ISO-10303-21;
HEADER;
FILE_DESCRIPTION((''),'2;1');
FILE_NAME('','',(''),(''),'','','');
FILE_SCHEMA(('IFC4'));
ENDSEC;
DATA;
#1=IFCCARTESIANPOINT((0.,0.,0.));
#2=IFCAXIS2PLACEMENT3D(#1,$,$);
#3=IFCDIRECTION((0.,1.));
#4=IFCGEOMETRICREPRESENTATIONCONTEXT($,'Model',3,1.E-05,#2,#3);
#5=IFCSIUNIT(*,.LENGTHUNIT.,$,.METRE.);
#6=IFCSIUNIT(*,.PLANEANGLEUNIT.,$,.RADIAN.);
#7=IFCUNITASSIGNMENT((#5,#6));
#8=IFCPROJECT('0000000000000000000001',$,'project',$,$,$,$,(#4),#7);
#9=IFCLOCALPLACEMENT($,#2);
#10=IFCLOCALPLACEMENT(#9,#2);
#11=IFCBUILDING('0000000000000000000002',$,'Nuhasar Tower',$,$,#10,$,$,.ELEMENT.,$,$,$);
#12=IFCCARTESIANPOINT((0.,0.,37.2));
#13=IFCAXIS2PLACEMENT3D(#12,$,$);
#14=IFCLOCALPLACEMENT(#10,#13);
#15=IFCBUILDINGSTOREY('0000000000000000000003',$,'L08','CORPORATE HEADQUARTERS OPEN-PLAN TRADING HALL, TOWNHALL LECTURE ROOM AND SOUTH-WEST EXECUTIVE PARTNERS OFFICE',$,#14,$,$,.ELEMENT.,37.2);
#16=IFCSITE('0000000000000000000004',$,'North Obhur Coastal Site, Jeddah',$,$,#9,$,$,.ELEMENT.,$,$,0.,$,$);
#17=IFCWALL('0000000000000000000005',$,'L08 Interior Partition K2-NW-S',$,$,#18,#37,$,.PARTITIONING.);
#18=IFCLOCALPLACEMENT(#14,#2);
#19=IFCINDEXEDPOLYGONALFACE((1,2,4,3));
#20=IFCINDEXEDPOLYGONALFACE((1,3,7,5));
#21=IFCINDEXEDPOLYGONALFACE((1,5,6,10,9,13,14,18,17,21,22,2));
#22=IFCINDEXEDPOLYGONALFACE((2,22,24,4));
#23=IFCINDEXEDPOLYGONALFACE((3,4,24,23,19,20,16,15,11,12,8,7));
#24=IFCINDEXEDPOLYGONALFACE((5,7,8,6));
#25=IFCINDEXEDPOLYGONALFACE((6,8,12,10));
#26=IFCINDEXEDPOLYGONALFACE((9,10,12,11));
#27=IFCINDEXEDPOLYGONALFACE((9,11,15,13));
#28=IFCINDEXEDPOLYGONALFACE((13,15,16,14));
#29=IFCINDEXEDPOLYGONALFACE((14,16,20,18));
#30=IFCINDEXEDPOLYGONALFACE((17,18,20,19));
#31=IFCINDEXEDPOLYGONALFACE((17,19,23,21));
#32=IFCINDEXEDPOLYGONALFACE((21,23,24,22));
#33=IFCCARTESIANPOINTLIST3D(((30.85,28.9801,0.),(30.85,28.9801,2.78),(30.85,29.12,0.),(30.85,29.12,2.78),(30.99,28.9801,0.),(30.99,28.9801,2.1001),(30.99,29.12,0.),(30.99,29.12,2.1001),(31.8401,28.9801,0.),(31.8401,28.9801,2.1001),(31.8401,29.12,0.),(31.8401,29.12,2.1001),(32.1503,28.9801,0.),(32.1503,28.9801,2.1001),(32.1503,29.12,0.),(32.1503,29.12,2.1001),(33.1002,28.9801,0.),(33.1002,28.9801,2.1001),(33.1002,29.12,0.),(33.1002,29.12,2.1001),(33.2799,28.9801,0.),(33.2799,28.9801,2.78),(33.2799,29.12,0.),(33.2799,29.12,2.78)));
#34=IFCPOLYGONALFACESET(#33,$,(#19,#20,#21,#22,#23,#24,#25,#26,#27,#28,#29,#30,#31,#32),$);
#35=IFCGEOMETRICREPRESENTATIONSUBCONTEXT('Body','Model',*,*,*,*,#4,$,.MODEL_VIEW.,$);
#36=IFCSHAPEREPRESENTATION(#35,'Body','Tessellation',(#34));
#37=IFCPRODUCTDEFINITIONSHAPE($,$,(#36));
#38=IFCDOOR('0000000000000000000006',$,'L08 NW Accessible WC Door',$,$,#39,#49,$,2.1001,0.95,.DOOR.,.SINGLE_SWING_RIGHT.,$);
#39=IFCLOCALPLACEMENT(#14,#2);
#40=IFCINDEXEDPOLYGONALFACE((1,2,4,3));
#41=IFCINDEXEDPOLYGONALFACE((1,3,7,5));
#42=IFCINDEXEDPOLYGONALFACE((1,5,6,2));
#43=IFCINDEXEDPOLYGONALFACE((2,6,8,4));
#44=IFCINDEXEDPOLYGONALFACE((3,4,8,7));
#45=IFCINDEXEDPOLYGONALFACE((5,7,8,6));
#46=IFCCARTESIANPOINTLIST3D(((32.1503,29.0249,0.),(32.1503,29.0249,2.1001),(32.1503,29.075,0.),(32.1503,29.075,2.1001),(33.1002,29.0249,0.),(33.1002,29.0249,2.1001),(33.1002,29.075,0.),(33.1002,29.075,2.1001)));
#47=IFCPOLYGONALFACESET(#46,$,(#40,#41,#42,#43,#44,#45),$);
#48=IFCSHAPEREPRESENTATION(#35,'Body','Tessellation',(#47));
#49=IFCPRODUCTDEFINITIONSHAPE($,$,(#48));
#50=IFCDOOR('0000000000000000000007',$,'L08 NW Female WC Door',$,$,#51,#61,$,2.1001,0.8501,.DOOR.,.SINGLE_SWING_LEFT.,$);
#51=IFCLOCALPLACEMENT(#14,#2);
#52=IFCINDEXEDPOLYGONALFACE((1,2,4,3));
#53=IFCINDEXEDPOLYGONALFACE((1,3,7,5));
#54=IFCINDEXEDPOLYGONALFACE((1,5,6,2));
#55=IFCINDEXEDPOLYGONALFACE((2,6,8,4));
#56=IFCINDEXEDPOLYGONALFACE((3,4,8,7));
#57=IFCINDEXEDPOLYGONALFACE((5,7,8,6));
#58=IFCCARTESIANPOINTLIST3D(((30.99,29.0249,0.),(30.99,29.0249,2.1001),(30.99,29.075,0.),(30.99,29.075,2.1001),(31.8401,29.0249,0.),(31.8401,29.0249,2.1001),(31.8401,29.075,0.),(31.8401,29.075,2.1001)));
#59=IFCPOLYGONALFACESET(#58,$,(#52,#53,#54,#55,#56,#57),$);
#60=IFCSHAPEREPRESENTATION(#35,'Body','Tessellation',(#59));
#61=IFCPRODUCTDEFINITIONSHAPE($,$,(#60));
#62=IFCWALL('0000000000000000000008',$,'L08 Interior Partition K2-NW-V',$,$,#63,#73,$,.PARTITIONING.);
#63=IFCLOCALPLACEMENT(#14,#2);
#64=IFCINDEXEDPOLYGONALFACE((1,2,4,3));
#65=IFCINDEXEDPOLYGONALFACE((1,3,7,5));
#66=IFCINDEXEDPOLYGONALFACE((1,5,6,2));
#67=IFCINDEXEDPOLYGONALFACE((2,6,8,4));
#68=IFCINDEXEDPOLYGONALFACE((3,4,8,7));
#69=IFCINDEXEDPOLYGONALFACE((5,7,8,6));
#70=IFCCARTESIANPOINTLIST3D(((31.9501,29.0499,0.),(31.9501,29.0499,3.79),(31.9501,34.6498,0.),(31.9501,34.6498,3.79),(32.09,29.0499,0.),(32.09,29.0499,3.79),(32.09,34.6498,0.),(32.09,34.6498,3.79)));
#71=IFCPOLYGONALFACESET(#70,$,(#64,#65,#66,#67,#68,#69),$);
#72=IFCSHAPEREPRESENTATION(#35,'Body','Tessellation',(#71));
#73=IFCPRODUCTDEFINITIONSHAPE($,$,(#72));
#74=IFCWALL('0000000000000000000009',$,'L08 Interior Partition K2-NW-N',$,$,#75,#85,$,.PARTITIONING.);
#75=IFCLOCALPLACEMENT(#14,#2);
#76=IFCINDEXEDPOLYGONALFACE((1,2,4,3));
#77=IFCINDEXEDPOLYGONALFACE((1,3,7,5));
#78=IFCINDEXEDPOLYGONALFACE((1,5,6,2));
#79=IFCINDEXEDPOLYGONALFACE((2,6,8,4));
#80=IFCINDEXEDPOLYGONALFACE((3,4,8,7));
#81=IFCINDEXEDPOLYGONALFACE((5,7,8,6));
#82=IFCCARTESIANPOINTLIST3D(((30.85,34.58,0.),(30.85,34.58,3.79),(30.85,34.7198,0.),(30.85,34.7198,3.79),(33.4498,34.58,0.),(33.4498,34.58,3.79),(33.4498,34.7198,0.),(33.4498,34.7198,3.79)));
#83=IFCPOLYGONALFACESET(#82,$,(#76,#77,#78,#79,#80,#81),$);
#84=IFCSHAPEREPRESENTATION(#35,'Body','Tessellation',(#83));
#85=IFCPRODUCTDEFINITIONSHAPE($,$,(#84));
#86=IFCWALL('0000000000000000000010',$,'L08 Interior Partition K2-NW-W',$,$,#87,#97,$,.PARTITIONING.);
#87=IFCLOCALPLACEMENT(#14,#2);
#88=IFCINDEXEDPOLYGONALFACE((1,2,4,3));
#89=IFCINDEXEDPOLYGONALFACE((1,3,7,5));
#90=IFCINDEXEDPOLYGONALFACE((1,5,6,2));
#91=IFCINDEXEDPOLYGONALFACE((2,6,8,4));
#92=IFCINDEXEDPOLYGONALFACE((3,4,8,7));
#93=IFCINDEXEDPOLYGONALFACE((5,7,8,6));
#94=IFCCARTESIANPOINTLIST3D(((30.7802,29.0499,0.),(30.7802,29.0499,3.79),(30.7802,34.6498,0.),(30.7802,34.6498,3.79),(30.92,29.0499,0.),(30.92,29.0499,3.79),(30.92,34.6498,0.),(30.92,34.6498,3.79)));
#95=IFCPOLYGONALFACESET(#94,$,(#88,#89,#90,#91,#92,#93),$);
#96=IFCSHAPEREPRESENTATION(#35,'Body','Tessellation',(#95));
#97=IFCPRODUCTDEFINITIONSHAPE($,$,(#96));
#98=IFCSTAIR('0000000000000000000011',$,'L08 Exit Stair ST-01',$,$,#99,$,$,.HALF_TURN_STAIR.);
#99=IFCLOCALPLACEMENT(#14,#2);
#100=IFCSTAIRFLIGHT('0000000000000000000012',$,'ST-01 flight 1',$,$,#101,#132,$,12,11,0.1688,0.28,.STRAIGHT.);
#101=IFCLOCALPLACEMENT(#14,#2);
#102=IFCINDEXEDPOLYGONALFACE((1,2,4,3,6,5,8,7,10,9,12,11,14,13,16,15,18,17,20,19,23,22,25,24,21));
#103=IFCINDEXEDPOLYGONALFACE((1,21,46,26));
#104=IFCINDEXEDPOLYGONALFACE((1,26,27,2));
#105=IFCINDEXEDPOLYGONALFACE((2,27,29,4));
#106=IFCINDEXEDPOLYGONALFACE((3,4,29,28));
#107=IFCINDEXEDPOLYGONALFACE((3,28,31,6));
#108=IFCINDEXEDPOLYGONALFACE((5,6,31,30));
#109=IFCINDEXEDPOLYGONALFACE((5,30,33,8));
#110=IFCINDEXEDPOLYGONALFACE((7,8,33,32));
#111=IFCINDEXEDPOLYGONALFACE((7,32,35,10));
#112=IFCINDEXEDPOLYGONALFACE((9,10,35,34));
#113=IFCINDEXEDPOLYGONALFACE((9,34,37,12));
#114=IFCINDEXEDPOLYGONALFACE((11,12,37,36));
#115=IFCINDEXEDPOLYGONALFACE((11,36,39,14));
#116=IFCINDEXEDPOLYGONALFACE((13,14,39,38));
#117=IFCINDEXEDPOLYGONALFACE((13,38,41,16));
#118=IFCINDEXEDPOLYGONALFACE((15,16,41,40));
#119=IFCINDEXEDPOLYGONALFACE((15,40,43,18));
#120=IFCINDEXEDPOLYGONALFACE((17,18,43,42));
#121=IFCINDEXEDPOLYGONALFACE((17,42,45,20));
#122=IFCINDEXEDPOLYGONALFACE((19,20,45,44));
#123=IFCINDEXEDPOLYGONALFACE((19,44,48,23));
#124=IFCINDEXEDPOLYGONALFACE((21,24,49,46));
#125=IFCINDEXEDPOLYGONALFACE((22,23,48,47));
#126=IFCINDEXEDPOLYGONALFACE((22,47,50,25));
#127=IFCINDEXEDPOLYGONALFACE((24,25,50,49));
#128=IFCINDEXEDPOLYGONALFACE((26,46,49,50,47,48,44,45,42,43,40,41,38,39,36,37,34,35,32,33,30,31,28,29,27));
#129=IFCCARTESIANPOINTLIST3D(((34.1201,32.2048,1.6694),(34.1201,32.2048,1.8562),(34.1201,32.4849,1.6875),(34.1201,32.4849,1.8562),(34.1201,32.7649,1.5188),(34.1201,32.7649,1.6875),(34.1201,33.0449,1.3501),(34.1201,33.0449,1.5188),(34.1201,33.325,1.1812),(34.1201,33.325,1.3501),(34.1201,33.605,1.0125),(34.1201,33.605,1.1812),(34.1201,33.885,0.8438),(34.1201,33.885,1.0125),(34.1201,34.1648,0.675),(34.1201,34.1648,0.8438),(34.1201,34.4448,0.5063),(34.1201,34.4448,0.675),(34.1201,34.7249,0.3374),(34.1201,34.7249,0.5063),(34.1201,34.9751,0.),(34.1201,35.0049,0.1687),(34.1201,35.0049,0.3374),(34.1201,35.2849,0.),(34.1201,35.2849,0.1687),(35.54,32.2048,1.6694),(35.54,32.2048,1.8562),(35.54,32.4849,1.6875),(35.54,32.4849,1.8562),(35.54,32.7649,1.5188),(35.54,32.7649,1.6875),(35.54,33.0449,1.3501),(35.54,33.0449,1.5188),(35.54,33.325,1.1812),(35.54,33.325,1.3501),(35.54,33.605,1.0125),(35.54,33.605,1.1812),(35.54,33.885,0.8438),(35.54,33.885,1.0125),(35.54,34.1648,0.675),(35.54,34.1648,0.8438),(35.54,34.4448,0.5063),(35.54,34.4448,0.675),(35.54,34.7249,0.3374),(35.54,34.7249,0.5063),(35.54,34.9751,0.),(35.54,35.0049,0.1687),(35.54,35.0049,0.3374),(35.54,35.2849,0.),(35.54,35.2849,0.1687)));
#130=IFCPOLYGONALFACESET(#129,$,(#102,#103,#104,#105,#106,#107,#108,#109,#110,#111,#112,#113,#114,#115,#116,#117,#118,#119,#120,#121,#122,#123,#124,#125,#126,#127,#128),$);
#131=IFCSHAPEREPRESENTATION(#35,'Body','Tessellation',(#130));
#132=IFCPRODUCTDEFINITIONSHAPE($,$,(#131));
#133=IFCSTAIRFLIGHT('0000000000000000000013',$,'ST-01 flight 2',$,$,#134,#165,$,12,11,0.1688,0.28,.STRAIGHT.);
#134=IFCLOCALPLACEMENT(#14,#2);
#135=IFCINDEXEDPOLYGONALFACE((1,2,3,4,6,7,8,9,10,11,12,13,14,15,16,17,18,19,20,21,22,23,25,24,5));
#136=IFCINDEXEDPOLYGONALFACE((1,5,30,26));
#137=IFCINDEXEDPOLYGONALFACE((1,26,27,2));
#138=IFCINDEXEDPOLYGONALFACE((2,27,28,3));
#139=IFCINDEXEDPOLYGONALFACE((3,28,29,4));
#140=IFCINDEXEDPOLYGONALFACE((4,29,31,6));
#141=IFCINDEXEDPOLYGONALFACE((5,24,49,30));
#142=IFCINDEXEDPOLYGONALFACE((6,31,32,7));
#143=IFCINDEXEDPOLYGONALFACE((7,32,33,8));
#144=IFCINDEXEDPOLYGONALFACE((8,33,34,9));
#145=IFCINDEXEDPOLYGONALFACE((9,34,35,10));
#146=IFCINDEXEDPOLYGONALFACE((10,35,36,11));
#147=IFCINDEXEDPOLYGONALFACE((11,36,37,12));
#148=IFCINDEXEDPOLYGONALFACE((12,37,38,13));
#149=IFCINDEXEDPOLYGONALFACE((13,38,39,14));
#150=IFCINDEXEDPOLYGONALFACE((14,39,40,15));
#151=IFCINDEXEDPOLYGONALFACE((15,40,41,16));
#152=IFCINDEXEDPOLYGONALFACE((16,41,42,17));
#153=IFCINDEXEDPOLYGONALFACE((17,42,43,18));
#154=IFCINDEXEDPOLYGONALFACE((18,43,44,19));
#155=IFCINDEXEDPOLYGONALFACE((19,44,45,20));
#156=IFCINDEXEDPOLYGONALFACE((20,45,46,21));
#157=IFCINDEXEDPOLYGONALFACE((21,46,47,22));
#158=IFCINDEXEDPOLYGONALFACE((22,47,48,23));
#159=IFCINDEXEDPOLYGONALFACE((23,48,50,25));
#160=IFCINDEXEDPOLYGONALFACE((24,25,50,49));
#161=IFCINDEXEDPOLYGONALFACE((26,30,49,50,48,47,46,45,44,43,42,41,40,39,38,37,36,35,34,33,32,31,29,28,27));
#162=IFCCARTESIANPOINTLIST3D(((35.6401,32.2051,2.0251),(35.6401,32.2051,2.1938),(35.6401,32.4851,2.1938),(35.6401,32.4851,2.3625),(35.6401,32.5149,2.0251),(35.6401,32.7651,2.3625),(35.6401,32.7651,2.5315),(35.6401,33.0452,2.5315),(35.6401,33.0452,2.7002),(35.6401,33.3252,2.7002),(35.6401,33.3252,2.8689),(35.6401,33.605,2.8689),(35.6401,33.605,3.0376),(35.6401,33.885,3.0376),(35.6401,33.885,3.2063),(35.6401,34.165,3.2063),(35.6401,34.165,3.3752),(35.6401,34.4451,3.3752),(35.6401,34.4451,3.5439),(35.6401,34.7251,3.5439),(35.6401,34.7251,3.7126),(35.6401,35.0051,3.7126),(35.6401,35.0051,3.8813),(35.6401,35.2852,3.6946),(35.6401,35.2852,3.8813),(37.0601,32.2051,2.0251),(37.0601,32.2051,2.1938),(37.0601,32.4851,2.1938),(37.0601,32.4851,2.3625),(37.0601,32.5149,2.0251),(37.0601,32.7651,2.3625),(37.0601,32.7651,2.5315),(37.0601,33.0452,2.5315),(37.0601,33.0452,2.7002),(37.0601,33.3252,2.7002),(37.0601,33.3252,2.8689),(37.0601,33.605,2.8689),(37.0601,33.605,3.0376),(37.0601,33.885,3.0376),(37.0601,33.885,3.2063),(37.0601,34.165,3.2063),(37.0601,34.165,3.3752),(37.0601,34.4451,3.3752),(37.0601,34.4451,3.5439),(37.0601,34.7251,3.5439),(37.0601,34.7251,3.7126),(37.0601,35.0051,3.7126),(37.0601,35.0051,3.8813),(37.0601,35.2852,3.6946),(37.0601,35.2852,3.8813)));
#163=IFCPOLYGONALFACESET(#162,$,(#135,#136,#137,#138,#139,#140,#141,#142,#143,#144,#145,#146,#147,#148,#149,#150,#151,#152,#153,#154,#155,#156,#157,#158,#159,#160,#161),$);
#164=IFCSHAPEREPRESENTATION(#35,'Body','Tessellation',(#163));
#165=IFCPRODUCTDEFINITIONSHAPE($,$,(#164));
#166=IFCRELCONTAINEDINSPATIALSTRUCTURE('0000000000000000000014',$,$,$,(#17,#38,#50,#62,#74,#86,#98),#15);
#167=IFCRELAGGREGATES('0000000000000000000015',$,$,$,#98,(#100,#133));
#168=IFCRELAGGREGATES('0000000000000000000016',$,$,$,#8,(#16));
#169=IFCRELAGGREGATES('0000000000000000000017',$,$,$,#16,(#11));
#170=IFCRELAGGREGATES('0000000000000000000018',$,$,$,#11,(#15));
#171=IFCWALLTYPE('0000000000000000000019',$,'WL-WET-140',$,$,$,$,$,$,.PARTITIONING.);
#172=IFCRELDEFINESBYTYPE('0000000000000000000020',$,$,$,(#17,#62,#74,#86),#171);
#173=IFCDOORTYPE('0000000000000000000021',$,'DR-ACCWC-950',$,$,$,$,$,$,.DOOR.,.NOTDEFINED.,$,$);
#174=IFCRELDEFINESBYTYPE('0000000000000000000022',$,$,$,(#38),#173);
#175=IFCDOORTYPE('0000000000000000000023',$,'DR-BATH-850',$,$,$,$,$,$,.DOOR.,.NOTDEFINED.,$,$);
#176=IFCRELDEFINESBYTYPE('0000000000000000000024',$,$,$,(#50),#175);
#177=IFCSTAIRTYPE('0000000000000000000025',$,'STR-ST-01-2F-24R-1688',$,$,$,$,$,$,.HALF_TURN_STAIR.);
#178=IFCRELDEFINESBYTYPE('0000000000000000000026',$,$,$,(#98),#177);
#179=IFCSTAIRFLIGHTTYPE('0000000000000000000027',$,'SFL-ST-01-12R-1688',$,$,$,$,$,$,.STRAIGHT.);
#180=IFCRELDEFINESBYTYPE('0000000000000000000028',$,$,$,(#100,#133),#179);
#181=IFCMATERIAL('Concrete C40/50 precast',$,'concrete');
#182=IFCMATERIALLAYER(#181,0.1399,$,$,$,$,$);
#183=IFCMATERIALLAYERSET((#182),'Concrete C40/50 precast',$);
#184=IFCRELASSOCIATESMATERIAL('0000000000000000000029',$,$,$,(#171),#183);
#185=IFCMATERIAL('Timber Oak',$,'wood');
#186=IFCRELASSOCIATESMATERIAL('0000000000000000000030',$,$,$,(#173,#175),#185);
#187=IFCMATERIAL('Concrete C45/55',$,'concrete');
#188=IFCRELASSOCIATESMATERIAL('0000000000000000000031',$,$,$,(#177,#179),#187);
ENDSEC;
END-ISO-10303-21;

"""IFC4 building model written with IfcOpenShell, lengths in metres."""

from ifc_helpers import new_model, si_unit, direction, frame, frame_2d, origin, place, context, subcontext, project, spatial, polyline, rectangle, outline, extrude, material, layer, layer_set, type_object, element, fill, aggregate, save


model = new_model("IFC4")

# Units and contexts
model_context = context("Model", 3, precision=1e-05, world=origin(), true_north=direction((0.0, 1.0)))
body_context = subcontext(model_context, "Body", "Model", "MODEL_VIEW")
ifc_project = project(units=[si_unit("LENGTHUNIT", "METRE"), si_unit("PLANEANGLEUNIT", "RADIAN")], contexts=[model_context])

# Site, building, storey
site_placement = place(None, origin())
site = spatial("IfcSite", under=ifc_project, at=site_placement, Name="North Obhur Coastal Site, Jeddah", CompositionType="ELEMENT", RefElevation=0.0)
building_placement = place(site_placement, origin())
building = spatial("IfcBuilding", under=site, at=building_placement, Name="Nuhasar Tower", CompositionType="ELEMENT")
storey_placement = place(building_placement, frame((0.0, 0.0, 37.2)))
storey = spatial("IfcBuildingStorey", under=building, at=storey_placement, Name="L08", Description="CORPORATE HEADQUARTERS OPEN-PLAN TRADING HALL, TOWNHALL LECTURE ROOM AND SOUTH-WEST EXECUTIVE PARTNERS OFFICE", CompositionType="ELEMENT", Elevation=37.2)

# Shared definitions
ifc_material_1 = material(Name="Concrete C45/55", Category="concrete")
ifc_material_2 = material(Name="Concrete C40/50 precast", Category="concrete")
ifc_layer_1 = layer(ifc_material_2, 0.1399)
ifc_layer_set_1 = layer_set([ifc_layer_1], Name="Concrete C40/50 precast")
wall_type_1 = type_object("IfcWallType", Name="WL-WET-140", PredefinedType="PARTITIONING", material=ifc_layer_set_1)

# Wall, openings, doors
wall_1_placement = place(storey_placement, frame((30.8501, 29.05, 0.0), z_axis=(0.0, 0.0, 1.0), x_axis=(1.0, 0.0, 0.0)))
wall_1 = element("IfcWall", 1, at=wall_1_placement, inside=storey, type_object=wall_type_1, Name="L08 Interior Partition K2-NW-S", PredefinedType="PARTITIONING", context=body_context, shape_type="SweptSolid", body=[
    extrude(rectangle(XDim=2.4299, YDim=0.1399, at=frame_2d((1.2148, 0.0))), origin(), (0.0, 0.0, 1.0), 2.78),
])
opening_1_placement = place(wall_1_placement, frame((0.1399, 0.0, 0.0)))
opening_1 = element("IfcOpeningElement", 2, at=opening_1_placement, cuts=wall_1, PredefinedType="OPENING", context=body_context, shape_type="SweptSolid", body=[
    extrude(rectangle(XDim=0.8501, YDim=2.1001, at=frame_2d((0.425, 1.05))), frame((0.0, 0.0801, 0.0), z_axis=(0.0, -1.0, 0.0), x_axis=(1.0, 0.0, 0.0)), (0.0, 0.0, 1.0), 0.1599),
])
opening_2_placement = place(wall_1_placement, frame((1.3, 0.0, 0.0)))
opening_2 = element("IfcOpeningElement", 3, at=opening_2_placement, cuts=wall_1, PredefinedType="OPENING", context=body_context, shape_type="SweptSolid", body=[
    extrude(rectangle(XDim=0.95, YDim=2.1001, at=frame_2d((0.4751, 1.05))), frame((0.0, 0.0801, 0.0), z_axis=(0.0, -1.0, 0.0), x_axis=(1.0, 0.0, 0.0)), (0.0, 0.0, 1.0), 0.1599),
])
ifc_material_3 = material(Name="Timber Oak", Category="wood")
door_type_1 = type_object("IfcDoorType", Name="DR-ACCWC-950", OperationType="NOTDEFINED", PredefinedType="DOOR", material=ifc_material_3)
door_1_placement = place(opening_2_placement, origin())
door_1 = element("IfcDoor", 4, at=door_1_placement, inside=storey, type_object=door_type_1, Name="L08 NW Accessible WC Door", OperationType="SINGLE_SWING_RIGHT", OverallHeight=2.1001, OverallWidth=0.95, PredefinedType="DOOR", context=body_context, shape_type="SweptSolid", body=[
    extrude(rectangle(XDim=0.95, YDim=2.1001, at=frame_2d((0.4751, 1.05))), frame((0.0, 0.0249, 0.0), z_axis=(0.0, -1.0, 0.0), x_axis=(1.0, 0.0, 0.0)), (0.0, 0.0, 1.0), 0.05),
])
fill(opening_2, door_1)
door_type_2 = type_object("IfcDoorType", Name="DR-BATH-850", OperationType="NOTDEFINED", PredefinedType="DOOR", material=ifc_material_3)
door_2_placement = place(opening_1_placement, origin())
door_2 = element("IfcDoor", 5, at=door_2_placement, inside=storey, type_object=door_type_2, Name="L08 NW Female WC Door", OperationType="SINGLE_SWING_LEFT", OverallHeight=2.1001, OverallWidth=0.8501, PredefinedType="DOOR", context=body_context, shape_type="SweptSolid", body=[
    extrude(rectangle(XDim=0.8501, YDim=2.1001, at=frame_2d((0.425, 1.05))), frame((0.0, 0.0249, 0.0), z_axis=(0.0, -1.0, 0.0), x_axis=(1.0, 0.0, 0.0)), (0.0, 0.0, 1.0), 0.05),
])
fill(opening_1, door_2)

# Walls
wall_2_placement = place(storey_placement, frame((32.02, 29.05, 0.0), z_axis=(0.0, 0.0, 1.0), x_axis=(0.0, 1.0, 0.0)))
element("IfcWall", 6, at=wall_2_placement, inside=storey, type_object=wall_type_1, Name="L08 Interior Partition K2-NW-V", PredefinedType="PARTITIONING", context=body_context, shape_type="SweptSolid", body=[
    extrude(rectangle(XDim=5.5999, YDim=0.1399, at=frame_2d((2.7998, 0.0))), origin(), (0.0, 0.0, 1.0), 3.79),
])
wall_3_placement = place(storey_placement, frame((30.8501, 34.6499, 0.0), z_axis=(0.0, 0.0, 1.0), x_axis=(1.0, 0.0, 0.0)))
element("IfcWall", 7, at=wall_3_placement, inside=storey, type_object=wall_type_1, Name="L08 Interior Partition K2-NW-N", PredefinedType="PARTITIONING", context=body_context, shape_type="SweptSolid", body=[
    extrude(rectangle(XDim=2.5999, YDim=0.1399, at=frame_2d((1.2998, 0.0))), origin(), (0.0, 0.0, 1.0), 3.79),
])
wall_4_placement = place(storey_placement, frame((30.8501, 29.05, 0.0), z_axis=(0.0, 0.0, 1.0), x_axis=(0.0, 1.0, 0.0)))
element("IfcWall", 8, at=wall_4_placement, inside=storey, type_object=wall_type_1, Name="L08 Interior Partition K2-NW-W", PredefinedType="PARTITIONING", context=body_context, shape_type="SweptSolid", body=[
    extrude(rectangle(XDim=5.5999, YDim=0.1399, at=frame_2d((2.7998, 0.0))), origin(), (0.0, 0.0, 1.0), 3.79),
])

# Stair, stair flights
stair_type_1 = type_object("IfcStairType", Name="STR-ST-01-2F-24R-1688", PredefinedType="HALF_TURN_STAIR", material=ifc_material_1)
stair_1_placement = place(storey_placement, origin())
stair_1 = element("IfcStair", 9, at=stair_1_placement, inside=storey, type_object=stair_type_1, Name="L08 Exit Stair ST-01", PredefinedType="HALF_TURN_STAIR")
stair_flight_type_1 = type_object("IfcStairFlightType", Name="SFL-ST-01-12R-1688", PredefinedType="STRAIGHT", material=ifc_material_1)
stair_flight_1_placement = place(storey_placement, frame((34.8301, 35.2849, 0.0), z_axis=(0.0, 0.0, 1.0), x_axis=(0.0, -1.0, 0.0)))
stair_flight_1 = element("IfcStairFlight", 10, at=stair_flight_1_placement, type_object=stair_flight_type_1, Name="ST-01 flight 1", NumberOfRisers=12, NumberOfTreads=11, PredefinedType="STRAIGHT", RiserHeight=0.1688, TreadLength=0.28, context=body_context, shape_type="SweptSolid", body=[
    extrude(outline(polyline([(0.0, 0.0), (0.0, 0.1687), (0.28, 0.1687), (0.28, 0.3374), (0.5601, 0.3374), (0.5601, 0.5063), (0.8401, 0.5063), (0.8401, 0.675), (1.1201, 0.675), (1.1201, 0.8438), (1.3999, 0.8438), (1.3999, 1.0125), (1.6799, 1.0125), (1.6799, 1.1812), (1.96, 1.1812), (1.96, 1.3501), (2.24, 1.3501), (2.24, 1.5188), (2.52, 1.5188), (2.52, 1.6875), (2.8, 1.6875), (2.8, 1.8562), (3.0801, 1.8562), (3.0801, 2.0249), (3.0801, 1.6694), (0.3098, 0.0), (0.0, 0.0)])), frame((0.0, 0.71, 0.0), z_axis=(0.0, -1.0, 0.0), x_axis=(1.0, 0.0, 0.0)), (0.0, 0.0, 1.0), 1.4199),
])
stair_flight_2_placement = place(storey_placement, frame((36.3501, 32.2051, 2.0251), z_axis=(0.0, 0.0, 1.0), x_axis=(0.0, 1.0, 0.0)))
stair_flight_2 = element("IfcStairFlight", 11, at=stair_flight_2_placement, type_object=stair_flight_type_1, Name="ST-01 flight 2", NumberOfRisers=12, NumberOfTreads=11, PredefinedType="STRAIGHT", RiserHeight=0.1688, TreadLength=0.28, context=body_context, shape_type="SweptSolid", body=[
    extrude(outline(polyline([(0.0, 0.0), (0.0, 0.1687), (0.28, 0.1687), (0.28, 0.3374), (0.5601, 0.3374), (0.5601, 0.5063), (0.8401, 0.5063), (0.8401, 0.675), (1.1201, 0.675), (1.1201, 0.8438), (1.3999, 0.8438), (1.3999, 1.0125), (1.6799, 1.0125), (1.6799, 1.1812), (1.96, 1.1812), (1.96, 1.3501), (2.24, 1.3501), (2.24, 1.5188), (2.52, 1.5188), (2.52, 1.6875), (2.8, 1.6875), (2.8, 1.8562), (3.0801, 1.8562), (3.0801, 2.0249), (3.0801, 1.6694), (0.3098, 0.0), (0.0, 0.0)])), frame((0.0, 0.71, 0.0), z_axis=(0.0, -1.0, 0.0), x_axis=(1.0, 0.0, 0.0)), (0.0, 0.0, 1.0), 1.4199),
])
aggregate(stair_1, [stair_flight_1, stair_flight_2])

save(model, "model.ifc")
